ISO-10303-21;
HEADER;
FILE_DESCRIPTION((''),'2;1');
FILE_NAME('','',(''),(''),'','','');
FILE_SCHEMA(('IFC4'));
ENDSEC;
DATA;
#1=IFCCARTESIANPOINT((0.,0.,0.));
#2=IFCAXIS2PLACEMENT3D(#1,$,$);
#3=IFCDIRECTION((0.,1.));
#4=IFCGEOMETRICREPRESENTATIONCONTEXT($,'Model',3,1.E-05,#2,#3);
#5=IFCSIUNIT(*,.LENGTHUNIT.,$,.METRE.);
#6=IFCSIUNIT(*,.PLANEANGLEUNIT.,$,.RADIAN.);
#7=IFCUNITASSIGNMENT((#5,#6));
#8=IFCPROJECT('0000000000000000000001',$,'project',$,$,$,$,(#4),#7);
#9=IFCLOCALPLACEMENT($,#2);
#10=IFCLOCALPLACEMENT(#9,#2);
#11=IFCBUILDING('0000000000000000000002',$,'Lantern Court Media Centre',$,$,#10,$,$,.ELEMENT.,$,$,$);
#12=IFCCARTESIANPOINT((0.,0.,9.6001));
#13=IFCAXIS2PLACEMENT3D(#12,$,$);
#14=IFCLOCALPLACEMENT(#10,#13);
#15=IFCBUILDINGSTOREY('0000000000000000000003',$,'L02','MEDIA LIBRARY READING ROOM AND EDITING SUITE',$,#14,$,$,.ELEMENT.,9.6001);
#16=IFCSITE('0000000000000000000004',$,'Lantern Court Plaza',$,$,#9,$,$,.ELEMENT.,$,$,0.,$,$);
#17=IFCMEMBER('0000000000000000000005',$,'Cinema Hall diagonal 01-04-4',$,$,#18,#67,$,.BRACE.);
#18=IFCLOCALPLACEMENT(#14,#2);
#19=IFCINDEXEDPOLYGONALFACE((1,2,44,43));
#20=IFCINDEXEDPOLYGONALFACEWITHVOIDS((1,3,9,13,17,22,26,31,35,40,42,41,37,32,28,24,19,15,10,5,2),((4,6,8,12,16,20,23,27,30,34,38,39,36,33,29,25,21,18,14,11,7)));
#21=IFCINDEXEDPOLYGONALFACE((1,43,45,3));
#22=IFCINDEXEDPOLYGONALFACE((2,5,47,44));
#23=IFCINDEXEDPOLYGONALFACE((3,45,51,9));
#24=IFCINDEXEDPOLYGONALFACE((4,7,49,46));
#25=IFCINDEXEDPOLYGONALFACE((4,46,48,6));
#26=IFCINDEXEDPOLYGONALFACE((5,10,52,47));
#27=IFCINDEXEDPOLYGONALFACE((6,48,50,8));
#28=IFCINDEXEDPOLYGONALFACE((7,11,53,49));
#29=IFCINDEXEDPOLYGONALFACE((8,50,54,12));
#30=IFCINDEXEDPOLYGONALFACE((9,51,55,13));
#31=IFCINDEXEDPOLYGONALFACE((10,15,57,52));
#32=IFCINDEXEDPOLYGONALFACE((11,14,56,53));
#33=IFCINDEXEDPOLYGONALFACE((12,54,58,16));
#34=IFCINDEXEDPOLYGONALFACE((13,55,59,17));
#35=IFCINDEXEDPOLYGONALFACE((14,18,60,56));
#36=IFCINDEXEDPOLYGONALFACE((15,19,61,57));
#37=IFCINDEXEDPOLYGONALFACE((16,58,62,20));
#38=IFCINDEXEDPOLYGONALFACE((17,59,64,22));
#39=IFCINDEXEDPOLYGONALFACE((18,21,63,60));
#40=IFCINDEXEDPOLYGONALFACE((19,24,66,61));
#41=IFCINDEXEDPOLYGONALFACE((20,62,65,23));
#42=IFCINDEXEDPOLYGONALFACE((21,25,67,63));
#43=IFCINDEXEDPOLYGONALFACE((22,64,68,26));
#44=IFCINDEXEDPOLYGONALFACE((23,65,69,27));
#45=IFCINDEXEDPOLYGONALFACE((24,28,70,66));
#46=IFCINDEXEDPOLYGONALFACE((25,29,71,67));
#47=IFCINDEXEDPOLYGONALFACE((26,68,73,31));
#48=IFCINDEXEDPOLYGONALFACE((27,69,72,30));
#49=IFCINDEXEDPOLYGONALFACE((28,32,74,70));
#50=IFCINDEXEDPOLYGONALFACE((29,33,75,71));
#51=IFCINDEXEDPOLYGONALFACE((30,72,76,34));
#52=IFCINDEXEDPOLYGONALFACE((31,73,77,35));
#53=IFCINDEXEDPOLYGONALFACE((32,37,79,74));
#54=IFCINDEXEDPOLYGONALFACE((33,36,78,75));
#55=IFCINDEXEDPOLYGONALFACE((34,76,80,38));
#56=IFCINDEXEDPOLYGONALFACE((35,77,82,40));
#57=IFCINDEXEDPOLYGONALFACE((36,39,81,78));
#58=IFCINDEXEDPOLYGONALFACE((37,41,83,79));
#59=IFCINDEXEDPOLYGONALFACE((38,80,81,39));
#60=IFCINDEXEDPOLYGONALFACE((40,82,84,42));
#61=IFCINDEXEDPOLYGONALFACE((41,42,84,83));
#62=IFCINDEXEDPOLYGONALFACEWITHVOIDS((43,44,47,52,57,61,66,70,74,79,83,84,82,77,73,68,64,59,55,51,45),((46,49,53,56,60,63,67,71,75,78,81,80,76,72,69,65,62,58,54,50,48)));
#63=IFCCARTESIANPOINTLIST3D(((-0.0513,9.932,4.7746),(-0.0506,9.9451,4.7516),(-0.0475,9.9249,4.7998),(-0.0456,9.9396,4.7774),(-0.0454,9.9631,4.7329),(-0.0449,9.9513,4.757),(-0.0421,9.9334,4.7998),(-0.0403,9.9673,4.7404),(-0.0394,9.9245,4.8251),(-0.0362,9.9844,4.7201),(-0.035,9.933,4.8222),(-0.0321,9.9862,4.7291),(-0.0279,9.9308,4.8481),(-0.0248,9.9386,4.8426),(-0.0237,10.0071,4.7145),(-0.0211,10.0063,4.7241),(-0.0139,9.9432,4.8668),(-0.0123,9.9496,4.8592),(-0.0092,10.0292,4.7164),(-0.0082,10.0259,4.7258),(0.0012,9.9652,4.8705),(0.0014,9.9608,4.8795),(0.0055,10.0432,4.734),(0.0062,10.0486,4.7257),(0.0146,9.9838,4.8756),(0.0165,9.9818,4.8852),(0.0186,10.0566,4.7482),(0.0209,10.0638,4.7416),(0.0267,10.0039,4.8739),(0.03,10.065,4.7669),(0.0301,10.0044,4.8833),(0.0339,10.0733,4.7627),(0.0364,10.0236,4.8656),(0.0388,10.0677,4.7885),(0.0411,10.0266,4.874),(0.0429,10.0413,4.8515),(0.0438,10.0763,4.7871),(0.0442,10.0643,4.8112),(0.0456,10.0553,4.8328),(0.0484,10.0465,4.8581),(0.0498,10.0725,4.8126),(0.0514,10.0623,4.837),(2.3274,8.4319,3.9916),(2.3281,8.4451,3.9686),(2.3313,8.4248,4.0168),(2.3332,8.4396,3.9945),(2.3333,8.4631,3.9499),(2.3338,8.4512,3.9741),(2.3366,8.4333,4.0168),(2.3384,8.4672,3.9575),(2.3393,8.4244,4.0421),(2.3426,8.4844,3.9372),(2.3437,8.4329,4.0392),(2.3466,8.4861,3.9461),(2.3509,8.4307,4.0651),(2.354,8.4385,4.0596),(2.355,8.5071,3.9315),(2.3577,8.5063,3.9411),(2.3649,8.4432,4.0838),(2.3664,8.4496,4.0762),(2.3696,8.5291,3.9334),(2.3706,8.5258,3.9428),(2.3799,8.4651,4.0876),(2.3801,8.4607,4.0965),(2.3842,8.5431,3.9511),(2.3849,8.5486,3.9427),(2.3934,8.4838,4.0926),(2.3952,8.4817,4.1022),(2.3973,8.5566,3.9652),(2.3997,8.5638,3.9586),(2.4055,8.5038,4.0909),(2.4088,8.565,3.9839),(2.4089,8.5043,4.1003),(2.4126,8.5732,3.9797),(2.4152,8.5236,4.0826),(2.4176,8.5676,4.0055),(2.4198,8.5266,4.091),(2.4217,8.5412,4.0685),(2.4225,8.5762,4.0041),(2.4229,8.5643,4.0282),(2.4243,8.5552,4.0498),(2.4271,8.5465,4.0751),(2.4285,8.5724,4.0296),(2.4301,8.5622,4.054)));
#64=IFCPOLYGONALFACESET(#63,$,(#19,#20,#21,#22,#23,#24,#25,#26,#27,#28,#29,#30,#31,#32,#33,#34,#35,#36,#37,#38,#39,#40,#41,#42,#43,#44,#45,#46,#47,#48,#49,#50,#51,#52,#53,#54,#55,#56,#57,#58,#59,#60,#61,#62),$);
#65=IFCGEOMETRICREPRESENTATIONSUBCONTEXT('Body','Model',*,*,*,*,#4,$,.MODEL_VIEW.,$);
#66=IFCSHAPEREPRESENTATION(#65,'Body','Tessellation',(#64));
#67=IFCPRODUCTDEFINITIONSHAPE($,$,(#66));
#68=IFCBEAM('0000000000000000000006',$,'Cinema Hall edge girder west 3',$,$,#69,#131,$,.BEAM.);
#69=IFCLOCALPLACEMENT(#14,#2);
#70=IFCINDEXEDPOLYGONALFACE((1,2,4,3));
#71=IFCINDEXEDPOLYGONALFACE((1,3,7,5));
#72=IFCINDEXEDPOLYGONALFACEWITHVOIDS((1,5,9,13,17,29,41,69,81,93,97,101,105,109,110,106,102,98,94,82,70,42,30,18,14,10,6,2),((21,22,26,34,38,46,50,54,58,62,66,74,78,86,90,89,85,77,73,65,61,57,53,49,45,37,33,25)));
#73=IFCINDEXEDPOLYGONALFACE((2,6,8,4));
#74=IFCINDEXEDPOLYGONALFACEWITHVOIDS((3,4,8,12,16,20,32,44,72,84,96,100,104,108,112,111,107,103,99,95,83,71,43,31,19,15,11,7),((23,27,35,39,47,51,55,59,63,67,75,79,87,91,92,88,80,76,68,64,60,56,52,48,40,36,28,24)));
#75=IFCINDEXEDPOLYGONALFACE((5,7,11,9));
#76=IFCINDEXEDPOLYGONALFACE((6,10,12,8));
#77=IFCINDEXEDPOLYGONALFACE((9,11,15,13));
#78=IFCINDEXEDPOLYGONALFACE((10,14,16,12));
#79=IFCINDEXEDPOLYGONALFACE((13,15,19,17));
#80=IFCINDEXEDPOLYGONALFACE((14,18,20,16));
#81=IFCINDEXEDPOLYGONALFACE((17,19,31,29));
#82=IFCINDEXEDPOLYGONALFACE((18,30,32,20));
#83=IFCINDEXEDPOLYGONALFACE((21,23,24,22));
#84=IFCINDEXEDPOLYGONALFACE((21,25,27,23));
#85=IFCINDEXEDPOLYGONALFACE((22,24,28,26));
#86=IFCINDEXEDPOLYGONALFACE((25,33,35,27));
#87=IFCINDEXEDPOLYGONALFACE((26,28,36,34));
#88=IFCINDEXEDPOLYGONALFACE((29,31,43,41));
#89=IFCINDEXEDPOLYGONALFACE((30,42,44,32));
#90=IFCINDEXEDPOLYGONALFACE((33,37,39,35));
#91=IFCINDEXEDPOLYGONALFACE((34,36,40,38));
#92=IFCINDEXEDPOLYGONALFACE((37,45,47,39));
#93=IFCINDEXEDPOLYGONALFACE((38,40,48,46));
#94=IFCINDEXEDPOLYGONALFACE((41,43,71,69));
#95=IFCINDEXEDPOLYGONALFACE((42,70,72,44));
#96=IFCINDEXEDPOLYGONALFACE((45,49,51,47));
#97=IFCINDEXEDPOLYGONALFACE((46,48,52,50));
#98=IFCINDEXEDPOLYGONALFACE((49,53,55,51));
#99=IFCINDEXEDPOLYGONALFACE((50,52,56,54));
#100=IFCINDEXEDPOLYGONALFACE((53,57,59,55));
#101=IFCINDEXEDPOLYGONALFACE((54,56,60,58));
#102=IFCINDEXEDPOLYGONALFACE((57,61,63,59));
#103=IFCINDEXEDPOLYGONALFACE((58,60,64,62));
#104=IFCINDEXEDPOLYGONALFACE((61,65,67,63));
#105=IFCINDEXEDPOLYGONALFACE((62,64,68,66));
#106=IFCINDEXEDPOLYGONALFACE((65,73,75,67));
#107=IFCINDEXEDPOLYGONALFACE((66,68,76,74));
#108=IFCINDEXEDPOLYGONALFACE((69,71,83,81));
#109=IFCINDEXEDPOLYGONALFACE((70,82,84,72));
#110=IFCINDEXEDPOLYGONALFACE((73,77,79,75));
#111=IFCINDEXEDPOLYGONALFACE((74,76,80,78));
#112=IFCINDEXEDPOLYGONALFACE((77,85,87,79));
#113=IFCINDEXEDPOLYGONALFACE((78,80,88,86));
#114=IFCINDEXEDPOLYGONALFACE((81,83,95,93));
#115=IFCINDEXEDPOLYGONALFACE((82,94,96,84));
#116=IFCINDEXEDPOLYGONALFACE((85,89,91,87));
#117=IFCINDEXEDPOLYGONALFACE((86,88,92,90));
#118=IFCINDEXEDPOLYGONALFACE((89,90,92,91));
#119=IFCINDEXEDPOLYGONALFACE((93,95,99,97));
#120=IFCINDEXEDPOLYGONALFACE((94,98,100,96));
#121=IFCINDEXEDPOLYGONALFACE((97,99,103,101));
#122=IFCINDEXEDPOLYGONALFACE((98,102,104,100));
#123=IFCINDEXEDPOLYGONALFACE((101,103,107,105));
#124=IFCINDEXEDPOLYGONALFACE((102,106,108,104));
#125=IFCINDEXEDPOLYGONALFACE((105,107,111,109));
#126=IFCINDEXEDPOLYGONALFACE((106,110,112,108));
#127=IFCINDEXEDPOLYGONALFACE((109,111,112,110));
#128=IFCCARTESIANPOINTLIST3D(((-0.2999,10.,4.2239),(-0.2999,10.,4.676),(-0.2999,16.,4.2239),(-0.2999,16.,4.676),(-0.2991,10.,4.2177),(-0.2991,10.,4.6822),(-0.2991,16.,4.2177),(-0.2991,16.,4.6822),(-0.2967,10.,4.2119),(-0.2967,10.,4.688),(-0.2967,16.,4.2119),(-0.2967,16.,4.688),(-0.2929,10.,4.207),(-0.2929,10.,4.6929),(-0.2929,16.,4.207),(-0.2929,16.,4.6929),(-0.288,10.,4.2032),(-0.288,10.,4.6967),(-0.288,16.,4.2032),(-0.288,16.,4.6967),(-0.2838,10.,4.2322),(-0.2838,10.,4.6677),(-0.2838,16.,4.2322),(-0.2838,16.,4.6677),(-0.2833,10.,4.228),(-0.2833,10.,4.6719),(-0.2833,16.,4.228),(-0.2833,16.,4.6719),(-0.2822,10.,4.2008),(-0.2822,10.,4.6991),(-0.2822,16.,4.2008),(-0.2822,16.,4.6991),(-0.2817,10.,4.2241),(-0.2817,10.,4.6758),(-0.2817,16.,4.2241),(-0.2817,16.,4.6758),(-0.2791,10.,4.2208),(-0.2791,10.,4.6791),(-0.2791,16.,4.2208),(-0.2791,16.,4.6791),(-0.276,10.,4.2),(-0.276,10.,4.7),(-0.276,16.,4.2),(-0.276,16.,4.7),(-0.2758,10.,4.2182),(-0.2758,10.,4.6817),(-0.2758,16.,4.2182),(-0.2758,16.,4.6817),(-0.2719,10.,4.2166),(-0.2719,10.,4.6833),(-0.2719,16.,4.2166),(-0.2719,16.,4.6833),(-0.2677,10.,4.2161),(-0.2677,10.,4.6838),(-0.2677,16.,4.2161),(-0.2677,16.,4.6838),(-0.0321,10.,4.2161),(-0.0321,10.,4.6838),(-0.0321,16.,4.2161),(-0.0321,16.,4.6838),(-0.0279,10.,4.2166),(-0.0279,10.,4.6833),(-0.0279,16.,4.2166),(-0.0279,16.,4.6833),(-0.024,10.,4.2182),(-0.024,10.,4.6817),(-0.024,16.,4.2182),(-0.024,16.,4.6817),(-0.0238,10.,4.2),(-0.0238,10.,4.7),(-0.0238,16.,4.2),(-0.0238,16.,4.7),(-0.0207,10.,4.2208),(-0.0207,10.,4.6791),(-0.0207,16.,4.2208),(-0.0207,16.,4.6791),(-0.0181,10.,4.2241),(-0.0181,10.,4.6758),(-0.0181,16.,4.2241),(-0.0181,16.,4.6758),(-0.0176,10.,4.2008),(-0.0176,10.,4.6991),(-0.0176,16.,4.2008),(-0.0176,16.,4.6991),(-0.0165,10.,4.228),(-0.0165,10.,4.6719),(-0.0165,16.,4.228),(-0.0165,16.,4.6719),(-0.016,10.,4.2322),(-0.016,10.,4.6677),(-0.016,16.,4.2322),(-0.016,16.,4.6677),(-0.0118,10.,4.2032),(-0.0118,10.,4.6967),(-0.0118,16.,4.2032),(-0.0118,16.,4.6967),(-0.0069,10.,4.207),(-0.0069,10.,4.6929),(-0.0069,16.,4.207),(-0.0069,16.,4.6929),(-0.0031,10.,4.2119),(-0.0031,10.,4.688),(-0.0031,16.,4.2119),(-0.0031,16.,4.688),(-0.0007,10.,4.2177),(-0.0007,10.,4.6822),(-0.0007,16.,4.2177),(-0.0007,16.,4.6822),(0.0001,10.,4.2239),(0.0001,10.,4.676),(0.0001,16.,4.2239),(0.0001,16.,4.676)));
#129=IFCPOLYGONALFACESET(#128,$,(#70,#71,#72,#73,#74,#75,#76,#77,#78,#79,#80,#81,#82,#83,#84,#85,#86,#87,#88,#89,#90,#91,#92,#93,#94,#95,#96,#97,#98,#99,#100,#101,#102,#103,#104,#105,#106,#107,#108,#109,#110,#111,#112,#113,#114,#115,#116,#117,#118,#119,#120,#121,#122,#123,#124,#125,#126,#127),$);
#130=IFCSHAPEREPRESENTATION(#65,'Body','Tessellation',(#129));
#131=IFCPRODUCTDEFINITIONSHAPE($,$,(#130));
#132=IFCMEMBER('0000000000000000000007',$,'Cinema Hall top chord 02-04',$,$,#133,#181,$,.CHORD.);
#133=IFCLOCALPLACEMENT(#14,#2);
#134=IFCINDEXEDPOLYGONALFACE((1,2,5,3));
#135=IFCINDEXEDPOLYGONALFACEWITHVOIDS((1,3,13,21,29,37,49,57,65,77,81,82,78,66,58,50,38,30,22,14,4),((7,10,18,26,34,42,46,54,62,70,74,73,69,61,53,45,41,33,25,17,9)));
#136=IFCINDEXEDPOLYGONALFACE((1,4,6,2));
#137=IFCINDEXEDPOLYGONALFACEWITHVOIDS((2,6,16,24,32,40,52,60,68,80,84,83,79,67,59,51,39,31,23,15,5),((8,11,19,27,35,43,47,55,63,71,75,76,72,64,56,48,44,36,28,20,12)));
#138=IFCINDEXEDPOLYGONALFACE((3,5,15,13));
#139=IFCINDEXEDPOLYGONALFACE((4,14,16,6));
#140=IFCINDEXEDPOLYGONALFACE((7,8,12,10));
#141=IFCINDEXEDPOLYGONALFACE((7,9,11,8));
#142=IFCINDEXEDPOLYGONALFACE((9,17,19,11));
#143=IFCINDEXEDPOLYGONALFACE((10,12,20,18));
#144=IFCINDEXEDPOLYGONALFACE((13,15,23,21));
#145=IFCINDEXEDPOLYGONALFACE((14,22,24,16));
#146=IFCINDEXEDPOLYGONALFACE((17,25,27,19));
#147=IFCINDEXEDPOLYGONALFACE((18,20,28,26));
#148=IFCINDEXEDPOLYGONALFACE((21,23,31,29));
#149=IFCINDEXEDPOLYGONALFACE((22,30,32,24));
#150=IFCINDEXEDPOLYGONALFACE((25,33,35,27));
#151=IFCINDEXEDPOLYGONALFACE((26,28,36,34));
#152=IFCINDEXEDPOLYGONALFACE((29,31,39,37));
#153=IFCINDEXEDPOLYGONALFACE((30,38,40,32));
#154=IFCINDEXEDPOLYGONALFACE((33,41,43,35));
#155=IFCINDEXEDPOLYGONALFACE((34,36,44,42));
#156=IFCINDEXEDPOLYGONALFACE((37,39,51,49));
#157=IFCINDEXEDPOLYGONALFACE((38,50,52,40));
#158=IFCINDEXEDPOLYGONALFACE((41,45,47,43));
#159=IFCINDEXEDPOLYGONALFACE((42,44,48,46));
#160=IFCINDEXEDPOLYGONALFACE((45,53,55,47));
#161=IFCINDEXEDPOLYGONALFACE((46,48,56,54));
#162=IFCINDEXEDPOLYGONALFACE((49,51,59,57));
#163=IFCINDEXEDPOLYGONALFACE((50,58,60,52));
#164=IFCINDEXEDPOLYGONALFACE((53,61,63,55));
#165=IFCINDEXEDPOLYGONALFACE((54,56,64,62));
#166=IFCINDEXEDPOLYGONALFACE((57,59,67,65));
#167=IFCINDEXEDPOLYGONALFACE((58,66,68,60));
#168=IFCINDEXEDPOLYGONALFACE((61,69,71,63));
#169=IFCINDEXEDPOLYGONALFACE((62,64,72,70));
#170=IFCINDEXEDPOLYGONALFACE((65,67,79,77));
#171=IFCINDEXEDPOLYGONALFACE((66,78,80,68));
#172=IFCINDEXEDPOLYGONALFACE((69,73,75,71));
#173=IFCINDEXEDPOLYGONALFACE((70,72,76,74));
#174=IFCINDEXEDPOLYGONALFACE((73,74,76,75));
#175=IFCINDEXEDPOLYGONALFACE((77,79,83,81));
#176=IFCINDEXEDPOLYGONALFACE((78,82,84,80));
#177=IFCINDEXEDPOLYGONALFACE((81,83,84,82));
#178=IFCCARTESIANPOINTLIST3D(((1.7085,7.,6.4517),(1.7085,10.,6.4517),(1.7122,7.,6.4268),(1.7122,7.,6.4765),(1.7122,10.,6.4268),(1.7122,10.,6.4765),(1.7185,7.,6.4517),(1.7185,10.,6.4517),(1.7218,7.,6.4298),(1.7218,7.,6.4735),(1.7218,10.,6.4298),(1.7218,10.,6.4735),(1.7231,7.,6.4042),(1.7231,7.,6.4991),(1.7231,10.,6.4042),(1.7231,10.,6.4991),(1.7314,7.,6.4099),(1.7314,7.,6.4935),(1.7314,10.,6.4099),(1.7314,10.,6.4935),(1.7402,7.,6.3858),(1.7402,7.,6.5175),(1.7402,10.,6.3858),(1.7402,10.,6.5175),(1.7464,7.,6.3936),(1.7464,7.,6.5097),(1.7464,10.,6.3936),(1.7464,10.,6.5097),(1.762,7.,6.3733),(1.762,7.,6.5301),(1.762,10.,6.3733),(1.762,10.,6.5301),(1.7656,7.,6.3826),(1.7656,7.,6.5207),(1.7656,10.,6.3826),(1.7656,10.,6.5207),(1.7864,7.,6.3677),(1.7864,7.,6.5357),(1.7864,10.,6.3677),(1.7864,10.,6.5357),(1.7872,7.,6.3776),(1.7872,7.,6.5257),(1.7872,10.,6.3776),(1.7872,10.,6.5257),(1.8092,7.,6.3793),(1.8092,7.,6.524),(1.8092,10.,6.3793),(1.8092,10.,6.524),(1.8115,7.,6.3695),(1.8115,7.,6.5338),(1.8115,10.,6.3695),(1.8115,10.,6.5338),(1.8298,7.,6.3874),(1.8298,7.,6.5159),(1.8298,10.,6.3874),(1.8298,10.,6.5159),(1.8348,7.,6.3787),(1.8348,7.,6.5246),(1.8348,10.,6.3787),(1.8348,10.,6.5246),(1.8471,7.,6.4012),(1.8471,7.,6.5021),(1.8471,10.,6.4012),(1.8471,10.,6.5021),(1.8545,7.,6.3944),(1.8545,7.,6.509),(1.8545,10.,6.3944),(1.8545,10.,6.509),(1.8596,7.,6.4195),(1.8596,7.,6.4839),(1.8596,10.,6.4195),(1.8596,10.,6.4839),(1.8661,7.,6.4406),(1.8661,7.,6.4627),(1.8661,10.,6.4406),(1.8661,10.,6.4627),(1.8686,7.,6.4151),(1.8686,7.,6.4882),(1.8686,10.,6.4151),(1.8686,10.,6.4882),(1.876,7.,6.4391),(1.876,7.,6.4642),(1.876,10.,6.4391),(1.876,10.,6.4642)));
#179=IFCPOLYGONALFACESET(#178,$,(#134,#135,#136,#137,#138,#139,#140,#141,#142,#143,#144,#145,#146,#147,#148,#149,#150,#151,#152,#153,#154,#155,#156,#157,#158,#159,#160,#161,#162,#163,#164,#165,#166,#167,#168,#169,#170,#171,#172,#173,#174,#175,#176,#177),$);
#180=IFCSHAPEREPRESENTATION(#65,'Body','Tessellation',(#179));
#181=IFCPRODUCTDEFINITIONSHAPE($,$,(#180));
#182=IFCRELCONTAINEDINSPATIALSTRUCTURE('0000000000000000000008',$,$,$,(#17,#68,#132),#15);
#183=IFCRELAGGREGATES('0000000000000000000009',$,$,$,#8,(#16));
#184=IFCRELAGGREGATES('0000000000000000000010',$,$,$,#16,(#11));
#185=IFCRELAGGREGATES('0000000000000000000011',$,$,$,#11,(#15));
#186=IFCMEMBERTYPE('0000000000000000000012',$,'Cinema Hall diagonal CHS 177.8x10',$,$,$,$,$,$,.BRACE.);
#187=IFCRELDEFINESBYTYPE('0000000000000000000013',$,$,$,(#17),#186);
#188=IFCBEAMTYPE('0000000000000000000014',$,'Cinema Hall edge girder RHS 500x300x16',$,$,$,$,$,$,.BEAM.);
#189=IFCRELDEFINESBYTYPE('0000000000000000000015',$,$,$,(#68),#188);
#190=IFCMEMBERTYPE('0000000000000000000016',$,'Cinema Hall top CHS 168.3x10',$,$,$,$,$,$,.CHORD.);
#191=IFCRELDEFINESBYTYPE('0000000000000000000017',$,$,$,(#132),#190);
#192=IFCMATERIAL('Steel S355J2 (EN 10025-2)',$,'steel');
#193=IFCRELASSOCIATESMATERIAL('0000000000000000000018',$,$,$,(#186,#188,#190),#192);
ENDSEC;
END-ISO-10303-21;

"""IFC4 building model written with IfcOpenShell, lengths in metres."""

from ifc_helpers import new_model, si_unit, direction, frame, origin, origin_2d, place, context, subcontext, project, spatial, hollow_rectangle, hollow_circle, extrude, material, material_profile, profile_set, type_object, element, save


model = new_model("IFC4")

# Units and contexts
model_context = context("Model", 3, precision=1e-05, world=origin(), true_north=direction((0.0, 1.0)))
body_context = subcontext(model_context, "Body", "Model", "MODEL_VIEW")
ifc_project = project(units=[si_unit("LENGTHUNIT", "METRE"), si_unit("PLANEANGLEUNIT", "RADIAN")], contexts=[model_context])

# Site, building, storey
site_placement = place(None, origin())
site = spatial("IfcSite", under=ifc_project, at=site_placement, Name="Lantern Court Plaza", CompositionType="ELEMENT", RefElevation=0.0)
building_placement = place(site_placement, origin())
building = spatial("IfcBuilding", under=site, at=building_placement, Name="Lantern Court Media Centre", CompositionType="ELEMENT")
storey_placement = place(building_placement, frame((0.0, 0.0, 9.6001)))
storey = spatial("IfcBuildingStorey", under=building, at=storey_placement, Name="L02", Description="MEDIA LIBRARY READING ROOM AND EDITING SUITE", CompositionType="ELEMENT", Elevation=9.6001)

# Shared definitions
ifc_material = material(Name="Steel S355J2 (EN 10025-2)", Category="steel")

# Member
ifc_material_profile_1 = material_profile(ifc_material, hollow_circle(Radius=0.0889, WallThickness=0.01, at=origin_2d()), Name="Cinema Hall diagonal CHS 177.8x10")
ifc_profile_set_1 = profile_set([ifc_material_profile_1], Name="Steel S355J2 (EN 10025-2)")
member_type_1 = type_object("IfcMemberType", Name="Cinema Hall diagonal CHS 177.8x10", PredefinedType="BRACE", material=ifc_profile_set_1)
for number, where, z_axis, x_axis, name in (
    (1, (2.3787, 8.5, 4.0168), (-0.814866, 0.51386, 0.268221), (-0.533405, -0.84586, 0.0), "Cinema Hall diagonal 01-04-4"),
):
    element("IfcMember", number, at=place(storey_placement, frame(where, z_axis=z_axis, x_axis=x_axis)), inside=storey, type_object=member_type_1, Name=name, PredefinedType="BRACE", context=body_context, shape_type="SweptSolid", body=[
        extrude(hollow_circle(Radius=0.0889, WallThickness=0.01, at=origin_2d()), origin(), (0.0, 0.0, 1.0), 2.9192),
    ])

# Beam
ifc_material_profile_2 = material_profile(ifc_material, hollow_rectangle(XDim=0.3, YDim=0.5, WallThickness=0.0161, InnerFilletRadius=0.0161, OuterFilletRadius=0.0239, at=origin_2d()), Name="Cinema Hall edge girder RHS 500x300x16")
ifc_profile_set_2 = profile_set([ifc_material_profile_2], Name="Steel S355J2 (EN 10025-2)")
beam_type = type_object("IfcBeamType", Name="Cinema Hall edge girder RHS 500x300x16", PredefinedType="BEAM", material=ifc_profile_set_2)
beam_placement = place(storey_placement, frame((-0.1499, 10.0, 4.45), z_axis=(0.0, 1.0, 0.0), x_axis=(-1.0, 0.0, 0.0)))
element("IfcBeam", 2, at=beam_placement, inside=storey, type_object=beam_type, Name="Cinema Hall edge girder west 3", PredefinedType="BEAM", context=body_context, shape_type="SweptSolid", body=[
    extrude(hollow_rectangle(XDim=0.3, YDim=0.5, WallThickness=0.0161, InnerFilletRadius=0.0161, OuterFilletRadius=0.0239, at=origin_2d()), origin(), (0.0, 0.0, 1.0), 6.0),
])

# Member
ifc_material_profile_3 = material_profile(ifc_material, hollow_circle(Radius=0.0842, WallThickness=0.01, at=origin_2d()), Name="Cinema Hall top CHS 168.3x10")
ifc_profile_set_3 = profile_set([ifc_material_profile_3], Name="Steel S355J2 (EN 10025-2)")
member_type_2 = type_object("IfcMemberType", Name="Cinema Hall top CHS 168.3x10", PredefinedType="CHORD", material=ifc_profile_set_3)
for number, where, z_axis, x_axis, name in (
    (3, (1.7927, 7.0, 6.4517), (0.0, 1.0, 0.0), (-1.0, 0.0, 0.0), "Cinema Hall top chord 02-04"),
):
    element("IfcMember", number, at=place(storey_placement, frame(where, z_axis=z_axis, x_axis=x_axis)), inside=storey, type_object=member_type_2, Name=name, PredefinedType="CHORD", context=body_context, shape_type="SweptSolid", body=[
        extrude(hollow_circle(Radius=0.0842, WallThickness=0.01, at=origin_2d()), origin(), (0.0, 0.0, 1.0), 3.0),
    ])

save(model, "model.ifc")
